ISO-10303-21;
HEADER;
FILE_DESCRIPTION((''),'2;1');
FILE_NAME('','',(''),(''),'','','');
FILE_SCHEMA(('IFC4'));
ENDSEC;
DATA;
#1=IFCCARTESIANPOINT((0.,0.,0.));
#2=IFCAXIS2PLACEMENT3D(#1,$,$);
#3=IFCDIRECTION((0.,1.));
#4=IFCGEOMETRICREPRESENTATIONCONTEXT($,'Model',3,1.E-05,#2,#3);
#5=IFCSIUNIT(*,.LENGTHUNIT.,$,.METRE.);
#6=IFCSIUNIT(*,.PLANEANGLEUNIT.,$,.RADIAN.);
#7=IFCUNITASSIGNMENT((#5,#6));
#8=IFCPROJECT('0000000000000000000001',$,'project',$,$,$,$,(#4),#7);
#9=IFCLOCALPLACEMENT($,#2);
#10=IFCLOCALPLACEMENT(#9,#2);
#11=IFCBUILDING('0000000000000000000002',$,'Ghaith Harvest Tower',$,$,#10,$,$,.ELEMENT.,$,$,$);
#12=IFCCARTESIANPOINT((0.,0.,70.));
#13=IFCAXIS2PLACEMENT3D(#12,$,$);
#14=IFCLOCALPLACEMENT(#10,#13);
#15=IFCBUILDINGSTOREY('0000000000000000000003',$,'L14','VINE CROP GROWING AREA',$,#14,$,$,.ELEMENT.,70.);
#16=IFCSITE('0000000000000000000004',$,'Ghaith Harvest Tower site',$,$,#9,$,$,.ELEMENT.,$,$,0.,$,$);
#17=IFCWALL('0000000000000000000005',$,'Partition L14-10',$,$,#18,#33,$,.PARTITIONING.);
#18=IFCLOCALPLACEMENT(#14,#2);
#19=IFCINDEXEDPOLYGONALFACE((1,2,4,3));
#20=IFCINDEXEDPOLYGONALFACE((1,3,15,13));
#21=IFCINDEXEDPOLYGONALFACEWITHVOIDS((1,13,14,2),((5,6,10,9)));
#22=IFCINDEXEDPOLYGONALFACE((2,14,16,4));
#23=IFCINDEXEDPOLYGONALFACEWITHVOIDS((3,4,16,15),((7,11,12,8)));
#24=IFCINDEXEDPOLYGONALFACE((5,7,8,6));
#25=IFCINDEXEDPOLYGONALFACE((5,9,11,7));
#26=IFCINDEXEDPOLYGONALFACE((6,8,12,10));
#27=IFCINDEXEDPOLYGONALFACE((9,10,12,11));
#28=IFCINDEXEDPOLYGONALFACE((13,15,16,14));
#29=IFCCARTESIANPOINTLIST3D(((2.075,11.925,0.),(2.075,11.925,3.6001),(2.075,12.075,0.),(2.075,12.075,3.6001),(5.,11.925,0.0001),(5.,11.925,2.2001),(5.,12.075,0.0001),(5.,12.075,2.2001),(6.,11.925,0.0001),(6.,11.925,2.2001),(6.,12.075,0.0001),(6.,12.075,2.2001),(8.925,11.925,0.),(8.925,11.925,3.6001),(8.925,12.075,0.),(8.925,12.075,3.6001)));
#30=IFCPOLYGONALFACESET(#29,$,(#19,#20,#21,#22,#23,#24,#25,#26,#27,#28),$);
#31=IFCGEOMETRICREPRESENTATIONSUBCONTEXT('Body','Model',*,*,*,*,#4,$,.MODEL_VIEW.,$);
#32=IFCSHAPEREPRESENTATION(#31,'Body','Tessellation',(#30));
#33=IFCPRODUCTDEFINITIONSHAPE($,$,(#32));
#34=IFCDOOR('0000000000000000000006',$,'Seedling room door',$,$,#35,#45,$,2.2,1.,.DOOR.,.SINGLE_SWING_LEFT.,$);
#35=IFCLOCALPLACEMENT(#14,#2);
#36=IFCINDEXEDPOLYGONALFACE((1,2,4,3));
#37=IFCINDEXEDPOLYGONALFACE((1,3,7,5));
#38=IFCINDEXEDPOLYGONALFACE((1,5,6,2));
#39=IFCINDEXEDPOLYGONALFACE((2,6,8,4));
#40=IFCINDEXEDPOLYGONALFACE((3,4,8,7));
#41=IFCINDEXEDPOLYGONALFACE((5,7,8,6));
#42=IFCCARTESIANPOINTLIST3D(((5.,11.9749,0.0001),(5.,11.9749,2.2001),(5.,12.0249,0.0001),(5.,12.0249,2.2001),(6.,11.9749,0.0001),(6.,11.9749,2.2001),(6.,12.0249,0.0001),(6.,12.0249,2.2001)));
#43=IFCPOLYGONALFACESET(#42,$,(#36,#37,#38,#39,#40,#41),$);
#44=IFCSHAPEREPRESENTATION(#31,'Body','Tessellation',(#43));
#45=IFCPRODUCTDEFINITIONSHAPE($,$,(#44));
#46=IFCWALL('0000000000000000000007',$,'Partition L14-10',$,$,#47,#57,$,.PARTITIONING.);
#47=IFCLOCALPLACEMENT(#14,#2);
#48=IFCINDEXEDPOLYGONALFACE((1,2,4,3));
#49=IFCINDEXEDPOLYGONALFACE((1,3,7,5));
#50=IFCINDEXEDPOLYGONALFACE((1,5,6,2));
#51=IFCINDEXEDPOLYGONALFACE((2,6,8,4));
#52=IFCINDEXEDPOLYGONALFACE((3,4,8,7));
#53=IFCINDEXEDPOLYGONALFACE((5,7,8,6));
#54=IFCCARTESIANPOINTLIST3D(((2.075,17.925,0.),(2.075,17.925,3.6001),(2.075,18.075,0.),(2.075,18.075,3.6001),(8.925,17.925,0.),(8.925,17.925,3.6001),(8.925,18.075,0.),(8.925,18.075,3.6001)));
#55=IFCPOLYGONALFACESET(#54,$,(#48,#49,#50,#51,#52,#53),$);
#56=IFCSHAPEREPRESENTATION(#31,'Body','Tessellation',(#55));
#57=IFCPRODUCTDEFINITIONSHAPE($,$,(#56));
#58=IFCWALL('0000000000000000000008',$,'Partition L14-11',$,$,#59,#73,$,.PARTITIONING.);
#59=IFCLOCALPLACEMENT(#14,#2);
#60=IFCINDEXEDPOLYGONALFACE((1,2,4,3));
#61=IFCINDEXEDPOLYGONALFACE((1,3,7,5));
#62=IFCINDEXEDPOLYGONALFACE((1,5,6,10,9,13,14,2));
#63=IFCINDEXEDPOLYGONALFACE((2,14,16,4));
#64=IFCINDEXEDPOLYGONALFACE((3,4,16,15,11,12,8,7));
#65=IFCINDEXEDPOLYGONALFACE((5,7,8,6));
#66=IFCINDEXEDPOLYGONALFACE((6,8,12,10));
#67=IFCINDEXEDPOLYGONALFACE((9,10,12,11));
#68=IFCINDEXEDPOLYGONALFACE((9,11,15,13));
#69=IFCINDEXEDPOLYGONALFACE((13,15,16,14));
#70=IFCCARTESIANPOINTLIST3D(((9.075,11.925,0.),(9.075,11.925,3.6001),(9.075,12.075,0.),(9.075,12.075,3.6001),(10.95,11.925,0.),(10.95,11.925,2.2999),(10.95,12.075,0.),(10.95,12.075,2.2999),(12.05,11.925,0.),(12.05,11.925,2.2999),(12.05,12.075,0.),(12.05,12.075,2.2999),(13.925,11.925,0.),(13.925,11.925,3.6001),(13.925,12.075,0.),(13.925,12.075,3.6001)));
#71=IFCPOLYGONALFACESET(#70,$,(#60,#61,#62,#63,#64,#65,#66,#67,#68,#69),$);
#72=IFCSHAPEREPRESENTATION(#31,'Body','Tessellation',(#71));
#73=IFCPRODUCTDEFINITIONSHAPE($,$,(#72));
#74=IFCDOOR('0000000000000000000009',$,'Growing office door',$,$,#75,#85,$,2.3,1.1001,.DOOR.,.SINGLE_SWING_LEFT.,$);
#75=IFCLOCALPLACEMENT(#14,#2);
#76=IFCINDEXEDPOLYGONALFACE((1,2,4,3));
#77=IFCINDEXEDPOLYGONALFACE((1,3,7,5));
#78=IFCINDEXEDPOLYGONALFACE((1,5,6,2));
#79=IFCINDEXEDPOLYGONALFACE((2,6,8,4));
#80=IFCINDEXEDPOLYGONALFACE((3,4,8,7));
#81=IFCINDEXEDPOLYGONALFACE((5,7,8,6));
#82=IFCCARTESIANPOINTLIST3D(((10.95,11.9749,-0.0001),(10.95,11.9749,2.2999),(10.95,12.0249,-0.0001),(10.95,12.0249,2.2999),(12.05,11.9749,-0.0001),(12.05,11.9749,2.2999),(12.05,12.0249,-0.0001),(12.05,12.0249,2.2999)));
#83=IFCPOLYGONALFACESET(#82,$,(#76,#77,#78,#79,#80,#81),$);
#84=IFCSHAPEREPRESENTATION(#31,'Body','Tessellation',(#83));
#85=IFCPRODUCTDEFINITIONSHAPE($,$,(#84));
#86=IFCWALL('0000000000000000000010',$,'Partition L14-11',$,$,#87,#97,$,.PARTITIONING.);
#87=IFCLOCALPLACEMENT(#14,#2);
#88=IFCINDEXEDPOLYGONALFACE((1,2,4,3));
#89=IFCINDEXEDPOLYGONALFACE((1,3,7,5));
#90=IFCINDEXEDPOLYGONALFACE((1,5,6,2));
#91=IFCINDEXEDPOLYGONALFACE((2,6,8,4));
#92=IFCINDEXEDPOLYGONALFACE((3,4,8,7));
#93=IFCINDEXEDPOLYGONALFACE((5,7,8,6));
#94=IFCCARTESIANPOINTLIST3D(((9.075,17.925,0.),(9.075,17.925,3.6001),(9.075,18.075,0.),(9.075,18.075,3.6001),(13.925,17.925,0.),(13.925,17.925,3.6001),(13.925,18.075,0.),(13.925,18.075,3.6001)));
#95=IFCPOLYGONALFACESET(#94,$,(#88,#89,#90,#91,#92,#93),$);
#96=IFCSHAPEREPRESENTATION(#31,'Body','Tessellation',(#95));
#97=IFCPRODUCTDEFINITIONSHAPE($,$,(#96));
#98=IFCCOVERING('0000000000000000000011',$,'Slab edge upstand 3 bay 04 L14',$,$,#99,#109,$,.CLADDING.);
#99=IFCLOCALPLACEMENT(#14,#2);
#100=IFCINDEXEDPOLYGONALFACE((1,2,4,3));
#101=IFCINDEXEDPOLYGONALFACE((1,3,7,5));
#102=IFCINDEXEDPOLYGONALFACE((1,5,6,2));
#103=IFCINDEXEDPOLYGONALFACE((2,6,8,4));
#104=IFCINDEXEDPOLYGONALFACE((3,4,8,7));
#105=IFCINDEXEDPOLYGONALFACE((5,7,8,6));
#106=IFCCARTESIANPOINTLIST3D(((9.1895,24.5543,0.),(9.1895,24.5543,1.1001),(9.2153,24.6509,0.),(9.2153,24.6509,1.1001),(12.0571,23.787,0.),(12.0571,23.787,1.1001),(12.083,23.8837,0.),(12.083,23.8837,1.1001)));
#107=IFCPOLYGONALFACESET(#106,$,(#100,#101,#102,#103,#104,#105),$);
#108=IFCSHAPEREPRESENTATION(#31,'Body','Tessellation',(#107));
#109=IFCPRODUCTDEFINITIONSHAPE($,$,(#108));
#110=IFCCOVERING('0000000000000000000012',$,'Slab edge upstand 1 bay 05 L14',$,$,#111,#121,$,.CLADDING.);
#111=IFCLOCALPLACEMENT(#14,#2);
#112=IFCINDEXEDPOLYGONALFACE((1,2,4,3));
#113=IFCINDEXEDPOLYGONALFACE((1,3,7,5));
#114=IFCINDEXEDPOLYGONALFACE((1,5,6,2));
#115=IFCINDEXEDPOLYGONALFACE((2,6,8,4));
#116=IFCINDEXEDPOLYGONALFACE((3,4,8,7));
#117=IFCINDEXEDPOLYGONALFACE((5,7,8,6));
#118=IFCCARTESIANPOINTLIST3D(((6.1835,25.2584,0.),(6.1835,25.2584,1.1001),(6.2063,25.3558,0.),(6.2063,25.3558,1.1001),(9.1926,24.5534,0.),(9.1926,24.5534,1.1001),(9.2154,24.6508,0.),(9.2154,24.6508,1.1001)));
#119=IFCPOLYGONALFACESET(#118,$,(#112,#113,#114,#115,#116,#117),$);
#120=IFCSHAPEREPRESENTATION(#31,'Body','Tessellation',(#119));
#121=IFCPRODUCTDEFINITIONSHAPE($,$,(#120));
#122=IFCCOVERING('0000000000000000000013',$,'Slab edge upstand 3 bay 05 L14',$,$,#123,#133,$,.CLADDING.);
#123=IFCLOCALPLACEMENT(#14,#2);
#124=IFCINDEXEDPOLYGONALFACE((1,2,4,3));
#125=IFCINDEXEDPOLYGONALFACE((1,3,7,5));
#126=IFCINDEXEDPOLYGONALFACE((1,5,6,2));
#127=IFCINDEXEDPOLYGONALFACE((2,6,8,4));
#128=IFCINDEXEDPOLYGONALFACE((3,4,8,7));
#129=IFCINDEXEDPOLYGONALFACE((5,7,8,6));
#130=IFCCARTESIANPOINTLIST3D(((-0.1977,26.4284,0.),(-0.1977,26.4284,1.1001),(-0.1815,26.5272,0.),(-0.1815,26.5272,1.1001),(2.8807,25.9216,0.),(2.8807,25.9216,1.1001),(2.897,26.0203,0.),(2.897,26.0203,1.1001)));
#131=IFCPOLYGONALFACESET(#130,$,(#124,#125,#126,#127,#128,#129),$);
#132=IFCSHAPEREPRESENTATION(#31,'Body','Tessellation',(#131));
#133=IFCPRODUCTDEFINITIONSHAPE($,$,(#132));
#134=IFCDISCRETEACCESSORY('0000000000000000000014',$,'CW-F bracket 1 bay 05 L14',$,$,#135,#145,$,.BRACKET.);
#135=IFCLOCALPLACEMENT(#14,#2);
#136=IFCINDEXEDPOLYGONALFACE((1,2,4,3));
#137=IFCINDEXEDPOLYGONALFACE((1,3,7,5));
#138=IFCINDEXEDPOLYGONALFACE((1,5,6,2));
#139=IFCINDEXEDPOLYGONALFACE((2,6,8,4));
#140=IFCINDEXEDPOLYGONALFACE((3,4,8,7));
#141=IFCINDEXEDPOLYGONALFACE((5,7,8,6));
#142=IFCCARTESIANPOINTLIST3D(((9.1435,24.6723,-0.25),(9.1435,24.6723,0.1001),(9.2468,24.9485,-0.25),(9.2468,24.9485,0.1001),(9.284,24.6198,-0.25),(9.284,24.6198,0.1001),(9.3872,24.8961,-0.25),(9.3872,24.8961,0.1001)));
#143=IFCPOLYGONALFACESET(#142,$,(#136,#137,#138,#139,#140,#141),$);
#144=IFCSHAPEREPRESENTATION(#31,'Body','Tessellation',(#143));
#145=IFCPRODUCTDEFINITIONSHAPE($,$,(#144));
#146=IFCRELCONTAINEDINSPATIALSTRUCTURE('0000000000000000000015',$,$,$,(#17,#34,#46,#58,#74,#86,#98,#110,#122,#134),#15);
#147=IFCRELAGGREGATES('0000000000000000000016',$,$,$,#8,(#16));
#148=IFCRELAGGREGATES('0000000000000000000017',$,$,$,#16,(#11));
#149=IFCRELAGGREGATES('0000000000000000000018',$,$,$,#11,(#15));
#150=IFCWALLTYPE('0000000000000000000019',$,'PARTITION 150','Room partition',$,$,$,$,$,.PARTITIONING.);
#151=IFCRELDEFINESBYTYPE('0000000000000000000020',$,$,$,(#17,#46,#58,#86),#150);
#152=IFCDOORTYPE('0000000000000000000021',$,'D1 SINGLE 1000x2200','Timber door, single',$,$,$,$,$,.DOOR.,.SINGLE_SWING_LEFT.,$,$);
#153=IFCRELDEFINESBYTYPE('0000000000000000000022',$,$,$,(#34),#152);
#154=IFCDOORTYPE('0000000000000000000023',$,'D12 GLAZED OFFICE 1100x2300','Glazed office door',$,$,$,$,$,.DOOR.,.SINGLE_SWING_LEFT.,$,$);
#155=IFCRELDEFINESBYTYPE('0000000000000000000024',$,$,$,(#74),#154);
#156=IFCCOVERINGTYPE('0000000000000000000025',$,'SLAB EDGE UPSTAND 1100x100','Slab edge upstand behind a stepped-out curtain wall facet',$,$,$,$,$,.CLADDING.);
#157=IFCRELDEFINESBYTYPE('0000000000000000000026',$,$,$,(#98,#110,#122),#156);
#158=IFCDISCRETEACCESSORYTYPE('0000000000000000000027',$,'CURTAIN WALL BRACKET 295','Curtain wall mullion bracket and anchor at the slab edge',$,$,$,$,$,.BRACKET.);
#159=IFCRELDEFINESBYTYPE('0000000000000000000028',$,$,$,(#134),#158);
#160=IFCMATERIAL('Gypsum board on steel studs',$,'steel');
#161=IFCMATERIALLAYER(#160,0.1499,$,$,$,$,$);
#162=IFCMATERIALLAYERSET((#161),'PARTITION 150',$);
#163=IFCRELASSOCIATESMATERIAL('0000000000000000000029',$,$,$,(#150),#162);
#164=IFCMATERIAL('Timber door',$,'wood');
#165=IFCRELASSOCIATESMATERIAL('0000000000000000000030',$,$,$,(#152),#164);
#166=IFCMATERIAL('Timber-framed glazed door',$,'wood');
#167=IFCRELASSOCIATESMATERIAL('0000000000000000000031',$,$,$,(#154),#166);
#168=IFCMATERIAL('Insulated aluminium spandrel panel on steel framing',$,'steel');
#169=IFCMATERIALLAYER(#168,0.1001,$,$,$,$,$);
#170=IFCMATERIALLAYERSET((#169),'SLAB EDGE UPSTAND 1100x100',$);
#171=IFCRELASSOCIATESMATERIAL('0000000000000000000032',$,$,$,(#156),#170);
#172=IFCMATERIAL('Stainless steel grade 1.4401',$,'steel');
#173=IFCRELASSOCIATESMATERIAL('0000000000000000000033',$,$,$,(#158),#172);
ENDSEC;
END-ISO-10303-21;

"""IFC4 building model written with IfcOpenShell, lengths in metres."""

from ifc_helpers import new_model, si_unit, direction, frame, frame_2d, origin, origin_2d, place, context, subcontext, project, spatial, rectangle, extrude, material, layer, layer_set, type_object, element, fill, save


model = new_model("IFC4")

# Units and contexts
model_context = context("Model", 3, precision=1e-05, world=origin(), true_north=direction((0.0, 1.0)))
body_context = subcontext(model_context, "Body", "Model", "MODEL_VIEW")
ifc_project = project(units=[si_unit("LENGTHUNIT", "METRE"), si_unit("PLANEANGLEUNIT", "RADIAN")], contexts=[model_context])

# Site, building, storey
site_placement = place(None, origin())
site = spatial("IfcSite", under=ifc_project, at=site_placement, Name="Ghaith Harvest Tower site", CompositionType="ELEMENT", RefElevation=0.0)
building_placement = place(site_placement, origin())
building = spatial("IfcBuilding", under=site, at=building_placement, Name="Ghaith Harvest Tower", CompositionType="ELEMENT")
storey_placement = place(building_placement, frame((0.0, 0.0, 70.0)))
storey = spatial("IfcBuildingStorey", under=building, at=storey_placement, Name="L14", Description="VINE CROP GROWING AREA", CompositionType="ELEMENT", Elevation=70.0)

# Shared definitions
ifc_material_1 = material(Name="Gypsum board on steel studs", Category="steel")
ifc_layer_1 = layer(ifc_material_1, 0.1499)
ifc_layer_set_1 = layer_set([ifc_layer_1], Name="PARTITION 150")
wall_type = type_object("IfcWallType", Name="PARTITION 150", Description="Room partition", PredefinedType="PARTITIONING", material=ifc_layer_set_1)

# Wall, opening, door
wall_1_placement = place(storey_placement, frame((2.075, 12.0, 0.0), z_axis=(0.0, 0.0, 1.0), x_axis=(1.0, 0.0, 0.0)))
wall_1 = element("IfcWall", 1, at=wall_1_placement, inside=storey, type_object=wall_type, Name="Partition L14-10", PredefinedType="PARTITIONING", context=body_context, shape_type="SweptSolid", body=[
    extrude(rectangle(XDim=6.8501, YDim=0.1499, at=frame_2d((3.425, 0.0))), origin(), (0.0, 0.0, 1.0), 3.6001),
])
opening_1_placement = place(wall_1_placement, frame((2.925, 0.0, 0.0)))
opening_1 = element("IfcOpeningElement", 2, at=opening_1_placement, cuts=wall_1, PredefinedType="OPENING", context=body_context, shape_type="SweptSolid", body=[
    extrude(rectangle(XDim=1.0, YDim=2.2, at=frame_2d((0.5, 1.1001))), frame((0.0, 0.085, 0.0), z_axis=(0.0, -1.0, 0.0), x_axis=(1.0, 0.0, 0.0)), (0.0, 0.0, 1.0), 0.1699),
])
ifc_material_2 = material(Name="Timber door", Category="wood")
door_type_1 = type_object("IfcDoorType", Name="D1 SINGLE 1000x2200", Description="Timber door, single", OperationType="SINGLE_SWING_LEFT", PredefinedType="DOOR", material=ifc_material_2)
door_1_placement = place(opening_1_placement, origin())
door_1 = element("IfcDoor", 3, at=door_1_placement, inside=storey, type_object=door_type_1, Name="Seedling room door", OperationType="SINGLE_SWING_LEFT", OverallHeight=2.2, OverallWidth=1.0, PredefinedType="DOOR", context=body_context, shape_type="SweptSolid", body=[
    extrude(rectangle(XDim=1.0, YDim=2.2, at=frame_2d((0.5, 1.1001))), frame((0.0, 0.0249, 0.0), z_axis=(0.0, -1.0, 0.0), x_axis=(1.0, 0.0, 0.0)), (0.0, 0.0, 1.0), 0.05),
])
fill(opening_1, door_1)

# Wall
wall_2_placement = place(storey_placement, frame((2.075, 18.0, 0.0), z_axis=(0.0, 0.0, 1.0), x_axis=(1.0, 0.0, 0.0)))
element("IfcWall", 4, at=wall_2_placement, inside=storey, type_object=wall_type, Name="Partition L14-10", PredefinedType="PARTITIONING", context=body_context, shape_type="SweptSolid", body=[
    extrude(rectangle(XDim=6.8501, YDim=0.1499, at=frame_2d((3.425, 0.0))), origin(), (0.0, 0.0, 1.0), 3.6001),
])

# Wall, opening, door
wall_3_placement = place(storey_placement, frame((9.075, 12.0, 0.0), z_axis=(0.0, 0.0, 1.0), x_axis=(1.0, 0.0, 0.0)))
wall_3 = element("IfcWall", 5, at=wall_3_placement, inside=storey, type_object=wall_type, Name="Partition L14-11", PredefinedType="PARTITIONING", context=body_context, shape_type="SweptSolid", body=[
    extrude(rectangle(XDim=4.8501, YDim=0.1499, at=frame_2d((2.425, 0.0))), origin(), (0.0, 0.0, 1.0), 3.6001),
])
opening_2_placement = place(wall_3_placement, frame((1.875, 0.0, 0.0)))
opening_2 = element("IfcOpeningElement", 6, at=opening_2_placement, cuts=wall_3, PredefinedType="OPENING", context=body_context, shape_type="SweptSolid", body=[
    extrude(rectangle(XDim=1.1001, YDim=2.3, at=frame_2d((0.55, 1.1499))), frame((0.0, 0.085, 0.0), z_axis=(0.0, -1.0, 0.0), x_axis=(1.0, 0.0, 0.0)), (0.0, 0.0, 1.0), 0.1699),
])
ifc_material_3 = material(Name="Timber-framed glazed door", Category="wood")
door_type_2 = type_object("IfcDoorType", Name="D12 GLAZED OFFICE 1100x2300", Description="Glazed office door", OperationType="SINGLE_SWING_LEFT", PredefinedType="DOOR", material=ifc_material_3)
door_2_placement = place(opening_2_placement, origin())
door_2 = element("IfcDoor", 7, at=door_2_placement, inside=storey, type_object=door_type_2, Name="Growing office door", OperationType="SINGLE_SWING_LEFT", OverallHeight=2.3, OverallWidth=1.1001, PredefinedType="DOOR", context=body_context, shape_type="SweptSolid", body=[
    extrude(rectangle(XDim=1.1001, YDim=2.3, at=frame_2d((0.55, 1.1499))), frame((0.0, 0.0249, 0.0), z_axis=(0.0, -1.0, 0.0), x_axis=(1.0, 0.0, 0.0)), (0.0, 0.0, 1.0), 0.05),
])
fill(opening_2, door_2)

# Wall
wall_4_placement = place(storey_placement, frame((9.075, 18.0, 0.0), z_axis=(0.0, 0.0, 1.0), x_axis=(1.0, 0.0, 0.0)))
element("IfcWall", 8, at=wall_4_placement, inside=storey, type_object=wall_type, Name="Partition L14-11", PredefinedType="PARTITIONING", context=body_context, shape_type="SweptSolid", body=[
    extrude(rectangle(XDim=4.8501, YDim=0.1499, at=frame_2d((2.425, 0.0))), origin(), (0.0, 0.0, 1.0), 3.6001),
])

# Coverings
ifc_material_4 = material(Name="Insulated aluminium spandrel panel on steel framing", Category="steel")
ifc_layer_2 = layer(ifc_material_4, 0.1001)
ifc_layer_set_2 = layer_set([ifc_layer_2], Name="SLAB EDGE UPSTAND 1100x100")
covering_type = type_object("IfcCoveringType", Name="SLAB EDGE UPSTAND 1100x100", Description="Slab edge upstand behind a stepped-out curtain wall facet", PredefinedType="CLADDING", material=ifc_layer_set_2)
covering_1_placement = place(storey_placement, frame((10.6362, 24.219, 0.0), z_axis=(0.0, 0.0, 1.0), x_axis=(-0.966024, 0.258451, 0.0)))
element("IfcCovering", 9, at=covering_1_placement, inside=storey, type_object=covering_type, Name="Slab edge upstand 3 bay 04 L14", PredefinedType="CLADDING", context=body_context, shape_type="SweptSolid", body=[
    extrude(rectangle(XDim=2.9685, YDim=0.1001, at=origin_2d()), origin(), (0.0, 0.0, 1.0), 1.1001),
])
covering_2_placement = place(storey_placement, frame((7.6995, 24.9546, 0.0), z_axis=(0.0, 0.0, 1.0), x_axis=(-0.973634, 0.228115, 0.0)))
element("IfcCovering", 10, at=covering_2_placement, inside=storey, type_object=covering_type, Name="Slab edge upstand 1 bay 05 L14", PredefinedType="CLADDING", context=body_context, shape_type="SweptSolid", body=[
    extrude(rectangle(XDim=3.0906, YDim=0.1001, at=origin_2d()), origin(), (0.0, 0.0, 1.0), 1.1001),
])
covering_3_placement = place(storey_placement, frame((1.3496, 26.2244, 0.0), z_axis=(0.0, 0.0, 1.0), x_axis=(-0.986716, 0.162453, 0.0)))
element("IfcCovering", 11, at=covering_3_placement, inside=storey, type_object=covering_type, Name="Slab edge upstand 3 bay 05 L14", PredefinedType="CLADDING", context=body_context, shape_type="SweptSolid", body=[
    extrude(rectangle(XDim=3.1199, YDim=0.1001, at=origin_2d()), origin(), (0.0, 0.0, 1.0), 1.1001),
])

# Discrete accessory
ifc_material_5 = material(Name="Stainless steel grade 1.4401", Category="steel")
discrete_accessory_type = type_object("IfcDiscreteAccessoryType", Name="CURTAIN WALL BRACKET 295", Description="Curtain wall mullion bracket and anchor at the slab edge", PredefinedType="BRACKET", material=ifc_material_5)
discrete_accessory_placement = place(storey_placement, frame((9.2654, 24.7842, -0.25), z_axis=(0.0, 0.0, 1.0), x_axis=(0.350168, 0.936687, 0.0)))
element("IfcDiscreteAccessory", 12, at=discrete_accessory_placement, inside=storey, type_object=discrete_accessory_type, Name="CW-F bracket 1 bay 05 L14", PredefinedType="BRACKET", context=body_context, shape_type="SweptSolid", body=[
    extrude(rectangle(XDim=0.2949, YDim=0.1499, at=origin_2d()), origin(), (0.0, 0.0, 1.0), 0.3501),
])

save(model, "model.ifc")
